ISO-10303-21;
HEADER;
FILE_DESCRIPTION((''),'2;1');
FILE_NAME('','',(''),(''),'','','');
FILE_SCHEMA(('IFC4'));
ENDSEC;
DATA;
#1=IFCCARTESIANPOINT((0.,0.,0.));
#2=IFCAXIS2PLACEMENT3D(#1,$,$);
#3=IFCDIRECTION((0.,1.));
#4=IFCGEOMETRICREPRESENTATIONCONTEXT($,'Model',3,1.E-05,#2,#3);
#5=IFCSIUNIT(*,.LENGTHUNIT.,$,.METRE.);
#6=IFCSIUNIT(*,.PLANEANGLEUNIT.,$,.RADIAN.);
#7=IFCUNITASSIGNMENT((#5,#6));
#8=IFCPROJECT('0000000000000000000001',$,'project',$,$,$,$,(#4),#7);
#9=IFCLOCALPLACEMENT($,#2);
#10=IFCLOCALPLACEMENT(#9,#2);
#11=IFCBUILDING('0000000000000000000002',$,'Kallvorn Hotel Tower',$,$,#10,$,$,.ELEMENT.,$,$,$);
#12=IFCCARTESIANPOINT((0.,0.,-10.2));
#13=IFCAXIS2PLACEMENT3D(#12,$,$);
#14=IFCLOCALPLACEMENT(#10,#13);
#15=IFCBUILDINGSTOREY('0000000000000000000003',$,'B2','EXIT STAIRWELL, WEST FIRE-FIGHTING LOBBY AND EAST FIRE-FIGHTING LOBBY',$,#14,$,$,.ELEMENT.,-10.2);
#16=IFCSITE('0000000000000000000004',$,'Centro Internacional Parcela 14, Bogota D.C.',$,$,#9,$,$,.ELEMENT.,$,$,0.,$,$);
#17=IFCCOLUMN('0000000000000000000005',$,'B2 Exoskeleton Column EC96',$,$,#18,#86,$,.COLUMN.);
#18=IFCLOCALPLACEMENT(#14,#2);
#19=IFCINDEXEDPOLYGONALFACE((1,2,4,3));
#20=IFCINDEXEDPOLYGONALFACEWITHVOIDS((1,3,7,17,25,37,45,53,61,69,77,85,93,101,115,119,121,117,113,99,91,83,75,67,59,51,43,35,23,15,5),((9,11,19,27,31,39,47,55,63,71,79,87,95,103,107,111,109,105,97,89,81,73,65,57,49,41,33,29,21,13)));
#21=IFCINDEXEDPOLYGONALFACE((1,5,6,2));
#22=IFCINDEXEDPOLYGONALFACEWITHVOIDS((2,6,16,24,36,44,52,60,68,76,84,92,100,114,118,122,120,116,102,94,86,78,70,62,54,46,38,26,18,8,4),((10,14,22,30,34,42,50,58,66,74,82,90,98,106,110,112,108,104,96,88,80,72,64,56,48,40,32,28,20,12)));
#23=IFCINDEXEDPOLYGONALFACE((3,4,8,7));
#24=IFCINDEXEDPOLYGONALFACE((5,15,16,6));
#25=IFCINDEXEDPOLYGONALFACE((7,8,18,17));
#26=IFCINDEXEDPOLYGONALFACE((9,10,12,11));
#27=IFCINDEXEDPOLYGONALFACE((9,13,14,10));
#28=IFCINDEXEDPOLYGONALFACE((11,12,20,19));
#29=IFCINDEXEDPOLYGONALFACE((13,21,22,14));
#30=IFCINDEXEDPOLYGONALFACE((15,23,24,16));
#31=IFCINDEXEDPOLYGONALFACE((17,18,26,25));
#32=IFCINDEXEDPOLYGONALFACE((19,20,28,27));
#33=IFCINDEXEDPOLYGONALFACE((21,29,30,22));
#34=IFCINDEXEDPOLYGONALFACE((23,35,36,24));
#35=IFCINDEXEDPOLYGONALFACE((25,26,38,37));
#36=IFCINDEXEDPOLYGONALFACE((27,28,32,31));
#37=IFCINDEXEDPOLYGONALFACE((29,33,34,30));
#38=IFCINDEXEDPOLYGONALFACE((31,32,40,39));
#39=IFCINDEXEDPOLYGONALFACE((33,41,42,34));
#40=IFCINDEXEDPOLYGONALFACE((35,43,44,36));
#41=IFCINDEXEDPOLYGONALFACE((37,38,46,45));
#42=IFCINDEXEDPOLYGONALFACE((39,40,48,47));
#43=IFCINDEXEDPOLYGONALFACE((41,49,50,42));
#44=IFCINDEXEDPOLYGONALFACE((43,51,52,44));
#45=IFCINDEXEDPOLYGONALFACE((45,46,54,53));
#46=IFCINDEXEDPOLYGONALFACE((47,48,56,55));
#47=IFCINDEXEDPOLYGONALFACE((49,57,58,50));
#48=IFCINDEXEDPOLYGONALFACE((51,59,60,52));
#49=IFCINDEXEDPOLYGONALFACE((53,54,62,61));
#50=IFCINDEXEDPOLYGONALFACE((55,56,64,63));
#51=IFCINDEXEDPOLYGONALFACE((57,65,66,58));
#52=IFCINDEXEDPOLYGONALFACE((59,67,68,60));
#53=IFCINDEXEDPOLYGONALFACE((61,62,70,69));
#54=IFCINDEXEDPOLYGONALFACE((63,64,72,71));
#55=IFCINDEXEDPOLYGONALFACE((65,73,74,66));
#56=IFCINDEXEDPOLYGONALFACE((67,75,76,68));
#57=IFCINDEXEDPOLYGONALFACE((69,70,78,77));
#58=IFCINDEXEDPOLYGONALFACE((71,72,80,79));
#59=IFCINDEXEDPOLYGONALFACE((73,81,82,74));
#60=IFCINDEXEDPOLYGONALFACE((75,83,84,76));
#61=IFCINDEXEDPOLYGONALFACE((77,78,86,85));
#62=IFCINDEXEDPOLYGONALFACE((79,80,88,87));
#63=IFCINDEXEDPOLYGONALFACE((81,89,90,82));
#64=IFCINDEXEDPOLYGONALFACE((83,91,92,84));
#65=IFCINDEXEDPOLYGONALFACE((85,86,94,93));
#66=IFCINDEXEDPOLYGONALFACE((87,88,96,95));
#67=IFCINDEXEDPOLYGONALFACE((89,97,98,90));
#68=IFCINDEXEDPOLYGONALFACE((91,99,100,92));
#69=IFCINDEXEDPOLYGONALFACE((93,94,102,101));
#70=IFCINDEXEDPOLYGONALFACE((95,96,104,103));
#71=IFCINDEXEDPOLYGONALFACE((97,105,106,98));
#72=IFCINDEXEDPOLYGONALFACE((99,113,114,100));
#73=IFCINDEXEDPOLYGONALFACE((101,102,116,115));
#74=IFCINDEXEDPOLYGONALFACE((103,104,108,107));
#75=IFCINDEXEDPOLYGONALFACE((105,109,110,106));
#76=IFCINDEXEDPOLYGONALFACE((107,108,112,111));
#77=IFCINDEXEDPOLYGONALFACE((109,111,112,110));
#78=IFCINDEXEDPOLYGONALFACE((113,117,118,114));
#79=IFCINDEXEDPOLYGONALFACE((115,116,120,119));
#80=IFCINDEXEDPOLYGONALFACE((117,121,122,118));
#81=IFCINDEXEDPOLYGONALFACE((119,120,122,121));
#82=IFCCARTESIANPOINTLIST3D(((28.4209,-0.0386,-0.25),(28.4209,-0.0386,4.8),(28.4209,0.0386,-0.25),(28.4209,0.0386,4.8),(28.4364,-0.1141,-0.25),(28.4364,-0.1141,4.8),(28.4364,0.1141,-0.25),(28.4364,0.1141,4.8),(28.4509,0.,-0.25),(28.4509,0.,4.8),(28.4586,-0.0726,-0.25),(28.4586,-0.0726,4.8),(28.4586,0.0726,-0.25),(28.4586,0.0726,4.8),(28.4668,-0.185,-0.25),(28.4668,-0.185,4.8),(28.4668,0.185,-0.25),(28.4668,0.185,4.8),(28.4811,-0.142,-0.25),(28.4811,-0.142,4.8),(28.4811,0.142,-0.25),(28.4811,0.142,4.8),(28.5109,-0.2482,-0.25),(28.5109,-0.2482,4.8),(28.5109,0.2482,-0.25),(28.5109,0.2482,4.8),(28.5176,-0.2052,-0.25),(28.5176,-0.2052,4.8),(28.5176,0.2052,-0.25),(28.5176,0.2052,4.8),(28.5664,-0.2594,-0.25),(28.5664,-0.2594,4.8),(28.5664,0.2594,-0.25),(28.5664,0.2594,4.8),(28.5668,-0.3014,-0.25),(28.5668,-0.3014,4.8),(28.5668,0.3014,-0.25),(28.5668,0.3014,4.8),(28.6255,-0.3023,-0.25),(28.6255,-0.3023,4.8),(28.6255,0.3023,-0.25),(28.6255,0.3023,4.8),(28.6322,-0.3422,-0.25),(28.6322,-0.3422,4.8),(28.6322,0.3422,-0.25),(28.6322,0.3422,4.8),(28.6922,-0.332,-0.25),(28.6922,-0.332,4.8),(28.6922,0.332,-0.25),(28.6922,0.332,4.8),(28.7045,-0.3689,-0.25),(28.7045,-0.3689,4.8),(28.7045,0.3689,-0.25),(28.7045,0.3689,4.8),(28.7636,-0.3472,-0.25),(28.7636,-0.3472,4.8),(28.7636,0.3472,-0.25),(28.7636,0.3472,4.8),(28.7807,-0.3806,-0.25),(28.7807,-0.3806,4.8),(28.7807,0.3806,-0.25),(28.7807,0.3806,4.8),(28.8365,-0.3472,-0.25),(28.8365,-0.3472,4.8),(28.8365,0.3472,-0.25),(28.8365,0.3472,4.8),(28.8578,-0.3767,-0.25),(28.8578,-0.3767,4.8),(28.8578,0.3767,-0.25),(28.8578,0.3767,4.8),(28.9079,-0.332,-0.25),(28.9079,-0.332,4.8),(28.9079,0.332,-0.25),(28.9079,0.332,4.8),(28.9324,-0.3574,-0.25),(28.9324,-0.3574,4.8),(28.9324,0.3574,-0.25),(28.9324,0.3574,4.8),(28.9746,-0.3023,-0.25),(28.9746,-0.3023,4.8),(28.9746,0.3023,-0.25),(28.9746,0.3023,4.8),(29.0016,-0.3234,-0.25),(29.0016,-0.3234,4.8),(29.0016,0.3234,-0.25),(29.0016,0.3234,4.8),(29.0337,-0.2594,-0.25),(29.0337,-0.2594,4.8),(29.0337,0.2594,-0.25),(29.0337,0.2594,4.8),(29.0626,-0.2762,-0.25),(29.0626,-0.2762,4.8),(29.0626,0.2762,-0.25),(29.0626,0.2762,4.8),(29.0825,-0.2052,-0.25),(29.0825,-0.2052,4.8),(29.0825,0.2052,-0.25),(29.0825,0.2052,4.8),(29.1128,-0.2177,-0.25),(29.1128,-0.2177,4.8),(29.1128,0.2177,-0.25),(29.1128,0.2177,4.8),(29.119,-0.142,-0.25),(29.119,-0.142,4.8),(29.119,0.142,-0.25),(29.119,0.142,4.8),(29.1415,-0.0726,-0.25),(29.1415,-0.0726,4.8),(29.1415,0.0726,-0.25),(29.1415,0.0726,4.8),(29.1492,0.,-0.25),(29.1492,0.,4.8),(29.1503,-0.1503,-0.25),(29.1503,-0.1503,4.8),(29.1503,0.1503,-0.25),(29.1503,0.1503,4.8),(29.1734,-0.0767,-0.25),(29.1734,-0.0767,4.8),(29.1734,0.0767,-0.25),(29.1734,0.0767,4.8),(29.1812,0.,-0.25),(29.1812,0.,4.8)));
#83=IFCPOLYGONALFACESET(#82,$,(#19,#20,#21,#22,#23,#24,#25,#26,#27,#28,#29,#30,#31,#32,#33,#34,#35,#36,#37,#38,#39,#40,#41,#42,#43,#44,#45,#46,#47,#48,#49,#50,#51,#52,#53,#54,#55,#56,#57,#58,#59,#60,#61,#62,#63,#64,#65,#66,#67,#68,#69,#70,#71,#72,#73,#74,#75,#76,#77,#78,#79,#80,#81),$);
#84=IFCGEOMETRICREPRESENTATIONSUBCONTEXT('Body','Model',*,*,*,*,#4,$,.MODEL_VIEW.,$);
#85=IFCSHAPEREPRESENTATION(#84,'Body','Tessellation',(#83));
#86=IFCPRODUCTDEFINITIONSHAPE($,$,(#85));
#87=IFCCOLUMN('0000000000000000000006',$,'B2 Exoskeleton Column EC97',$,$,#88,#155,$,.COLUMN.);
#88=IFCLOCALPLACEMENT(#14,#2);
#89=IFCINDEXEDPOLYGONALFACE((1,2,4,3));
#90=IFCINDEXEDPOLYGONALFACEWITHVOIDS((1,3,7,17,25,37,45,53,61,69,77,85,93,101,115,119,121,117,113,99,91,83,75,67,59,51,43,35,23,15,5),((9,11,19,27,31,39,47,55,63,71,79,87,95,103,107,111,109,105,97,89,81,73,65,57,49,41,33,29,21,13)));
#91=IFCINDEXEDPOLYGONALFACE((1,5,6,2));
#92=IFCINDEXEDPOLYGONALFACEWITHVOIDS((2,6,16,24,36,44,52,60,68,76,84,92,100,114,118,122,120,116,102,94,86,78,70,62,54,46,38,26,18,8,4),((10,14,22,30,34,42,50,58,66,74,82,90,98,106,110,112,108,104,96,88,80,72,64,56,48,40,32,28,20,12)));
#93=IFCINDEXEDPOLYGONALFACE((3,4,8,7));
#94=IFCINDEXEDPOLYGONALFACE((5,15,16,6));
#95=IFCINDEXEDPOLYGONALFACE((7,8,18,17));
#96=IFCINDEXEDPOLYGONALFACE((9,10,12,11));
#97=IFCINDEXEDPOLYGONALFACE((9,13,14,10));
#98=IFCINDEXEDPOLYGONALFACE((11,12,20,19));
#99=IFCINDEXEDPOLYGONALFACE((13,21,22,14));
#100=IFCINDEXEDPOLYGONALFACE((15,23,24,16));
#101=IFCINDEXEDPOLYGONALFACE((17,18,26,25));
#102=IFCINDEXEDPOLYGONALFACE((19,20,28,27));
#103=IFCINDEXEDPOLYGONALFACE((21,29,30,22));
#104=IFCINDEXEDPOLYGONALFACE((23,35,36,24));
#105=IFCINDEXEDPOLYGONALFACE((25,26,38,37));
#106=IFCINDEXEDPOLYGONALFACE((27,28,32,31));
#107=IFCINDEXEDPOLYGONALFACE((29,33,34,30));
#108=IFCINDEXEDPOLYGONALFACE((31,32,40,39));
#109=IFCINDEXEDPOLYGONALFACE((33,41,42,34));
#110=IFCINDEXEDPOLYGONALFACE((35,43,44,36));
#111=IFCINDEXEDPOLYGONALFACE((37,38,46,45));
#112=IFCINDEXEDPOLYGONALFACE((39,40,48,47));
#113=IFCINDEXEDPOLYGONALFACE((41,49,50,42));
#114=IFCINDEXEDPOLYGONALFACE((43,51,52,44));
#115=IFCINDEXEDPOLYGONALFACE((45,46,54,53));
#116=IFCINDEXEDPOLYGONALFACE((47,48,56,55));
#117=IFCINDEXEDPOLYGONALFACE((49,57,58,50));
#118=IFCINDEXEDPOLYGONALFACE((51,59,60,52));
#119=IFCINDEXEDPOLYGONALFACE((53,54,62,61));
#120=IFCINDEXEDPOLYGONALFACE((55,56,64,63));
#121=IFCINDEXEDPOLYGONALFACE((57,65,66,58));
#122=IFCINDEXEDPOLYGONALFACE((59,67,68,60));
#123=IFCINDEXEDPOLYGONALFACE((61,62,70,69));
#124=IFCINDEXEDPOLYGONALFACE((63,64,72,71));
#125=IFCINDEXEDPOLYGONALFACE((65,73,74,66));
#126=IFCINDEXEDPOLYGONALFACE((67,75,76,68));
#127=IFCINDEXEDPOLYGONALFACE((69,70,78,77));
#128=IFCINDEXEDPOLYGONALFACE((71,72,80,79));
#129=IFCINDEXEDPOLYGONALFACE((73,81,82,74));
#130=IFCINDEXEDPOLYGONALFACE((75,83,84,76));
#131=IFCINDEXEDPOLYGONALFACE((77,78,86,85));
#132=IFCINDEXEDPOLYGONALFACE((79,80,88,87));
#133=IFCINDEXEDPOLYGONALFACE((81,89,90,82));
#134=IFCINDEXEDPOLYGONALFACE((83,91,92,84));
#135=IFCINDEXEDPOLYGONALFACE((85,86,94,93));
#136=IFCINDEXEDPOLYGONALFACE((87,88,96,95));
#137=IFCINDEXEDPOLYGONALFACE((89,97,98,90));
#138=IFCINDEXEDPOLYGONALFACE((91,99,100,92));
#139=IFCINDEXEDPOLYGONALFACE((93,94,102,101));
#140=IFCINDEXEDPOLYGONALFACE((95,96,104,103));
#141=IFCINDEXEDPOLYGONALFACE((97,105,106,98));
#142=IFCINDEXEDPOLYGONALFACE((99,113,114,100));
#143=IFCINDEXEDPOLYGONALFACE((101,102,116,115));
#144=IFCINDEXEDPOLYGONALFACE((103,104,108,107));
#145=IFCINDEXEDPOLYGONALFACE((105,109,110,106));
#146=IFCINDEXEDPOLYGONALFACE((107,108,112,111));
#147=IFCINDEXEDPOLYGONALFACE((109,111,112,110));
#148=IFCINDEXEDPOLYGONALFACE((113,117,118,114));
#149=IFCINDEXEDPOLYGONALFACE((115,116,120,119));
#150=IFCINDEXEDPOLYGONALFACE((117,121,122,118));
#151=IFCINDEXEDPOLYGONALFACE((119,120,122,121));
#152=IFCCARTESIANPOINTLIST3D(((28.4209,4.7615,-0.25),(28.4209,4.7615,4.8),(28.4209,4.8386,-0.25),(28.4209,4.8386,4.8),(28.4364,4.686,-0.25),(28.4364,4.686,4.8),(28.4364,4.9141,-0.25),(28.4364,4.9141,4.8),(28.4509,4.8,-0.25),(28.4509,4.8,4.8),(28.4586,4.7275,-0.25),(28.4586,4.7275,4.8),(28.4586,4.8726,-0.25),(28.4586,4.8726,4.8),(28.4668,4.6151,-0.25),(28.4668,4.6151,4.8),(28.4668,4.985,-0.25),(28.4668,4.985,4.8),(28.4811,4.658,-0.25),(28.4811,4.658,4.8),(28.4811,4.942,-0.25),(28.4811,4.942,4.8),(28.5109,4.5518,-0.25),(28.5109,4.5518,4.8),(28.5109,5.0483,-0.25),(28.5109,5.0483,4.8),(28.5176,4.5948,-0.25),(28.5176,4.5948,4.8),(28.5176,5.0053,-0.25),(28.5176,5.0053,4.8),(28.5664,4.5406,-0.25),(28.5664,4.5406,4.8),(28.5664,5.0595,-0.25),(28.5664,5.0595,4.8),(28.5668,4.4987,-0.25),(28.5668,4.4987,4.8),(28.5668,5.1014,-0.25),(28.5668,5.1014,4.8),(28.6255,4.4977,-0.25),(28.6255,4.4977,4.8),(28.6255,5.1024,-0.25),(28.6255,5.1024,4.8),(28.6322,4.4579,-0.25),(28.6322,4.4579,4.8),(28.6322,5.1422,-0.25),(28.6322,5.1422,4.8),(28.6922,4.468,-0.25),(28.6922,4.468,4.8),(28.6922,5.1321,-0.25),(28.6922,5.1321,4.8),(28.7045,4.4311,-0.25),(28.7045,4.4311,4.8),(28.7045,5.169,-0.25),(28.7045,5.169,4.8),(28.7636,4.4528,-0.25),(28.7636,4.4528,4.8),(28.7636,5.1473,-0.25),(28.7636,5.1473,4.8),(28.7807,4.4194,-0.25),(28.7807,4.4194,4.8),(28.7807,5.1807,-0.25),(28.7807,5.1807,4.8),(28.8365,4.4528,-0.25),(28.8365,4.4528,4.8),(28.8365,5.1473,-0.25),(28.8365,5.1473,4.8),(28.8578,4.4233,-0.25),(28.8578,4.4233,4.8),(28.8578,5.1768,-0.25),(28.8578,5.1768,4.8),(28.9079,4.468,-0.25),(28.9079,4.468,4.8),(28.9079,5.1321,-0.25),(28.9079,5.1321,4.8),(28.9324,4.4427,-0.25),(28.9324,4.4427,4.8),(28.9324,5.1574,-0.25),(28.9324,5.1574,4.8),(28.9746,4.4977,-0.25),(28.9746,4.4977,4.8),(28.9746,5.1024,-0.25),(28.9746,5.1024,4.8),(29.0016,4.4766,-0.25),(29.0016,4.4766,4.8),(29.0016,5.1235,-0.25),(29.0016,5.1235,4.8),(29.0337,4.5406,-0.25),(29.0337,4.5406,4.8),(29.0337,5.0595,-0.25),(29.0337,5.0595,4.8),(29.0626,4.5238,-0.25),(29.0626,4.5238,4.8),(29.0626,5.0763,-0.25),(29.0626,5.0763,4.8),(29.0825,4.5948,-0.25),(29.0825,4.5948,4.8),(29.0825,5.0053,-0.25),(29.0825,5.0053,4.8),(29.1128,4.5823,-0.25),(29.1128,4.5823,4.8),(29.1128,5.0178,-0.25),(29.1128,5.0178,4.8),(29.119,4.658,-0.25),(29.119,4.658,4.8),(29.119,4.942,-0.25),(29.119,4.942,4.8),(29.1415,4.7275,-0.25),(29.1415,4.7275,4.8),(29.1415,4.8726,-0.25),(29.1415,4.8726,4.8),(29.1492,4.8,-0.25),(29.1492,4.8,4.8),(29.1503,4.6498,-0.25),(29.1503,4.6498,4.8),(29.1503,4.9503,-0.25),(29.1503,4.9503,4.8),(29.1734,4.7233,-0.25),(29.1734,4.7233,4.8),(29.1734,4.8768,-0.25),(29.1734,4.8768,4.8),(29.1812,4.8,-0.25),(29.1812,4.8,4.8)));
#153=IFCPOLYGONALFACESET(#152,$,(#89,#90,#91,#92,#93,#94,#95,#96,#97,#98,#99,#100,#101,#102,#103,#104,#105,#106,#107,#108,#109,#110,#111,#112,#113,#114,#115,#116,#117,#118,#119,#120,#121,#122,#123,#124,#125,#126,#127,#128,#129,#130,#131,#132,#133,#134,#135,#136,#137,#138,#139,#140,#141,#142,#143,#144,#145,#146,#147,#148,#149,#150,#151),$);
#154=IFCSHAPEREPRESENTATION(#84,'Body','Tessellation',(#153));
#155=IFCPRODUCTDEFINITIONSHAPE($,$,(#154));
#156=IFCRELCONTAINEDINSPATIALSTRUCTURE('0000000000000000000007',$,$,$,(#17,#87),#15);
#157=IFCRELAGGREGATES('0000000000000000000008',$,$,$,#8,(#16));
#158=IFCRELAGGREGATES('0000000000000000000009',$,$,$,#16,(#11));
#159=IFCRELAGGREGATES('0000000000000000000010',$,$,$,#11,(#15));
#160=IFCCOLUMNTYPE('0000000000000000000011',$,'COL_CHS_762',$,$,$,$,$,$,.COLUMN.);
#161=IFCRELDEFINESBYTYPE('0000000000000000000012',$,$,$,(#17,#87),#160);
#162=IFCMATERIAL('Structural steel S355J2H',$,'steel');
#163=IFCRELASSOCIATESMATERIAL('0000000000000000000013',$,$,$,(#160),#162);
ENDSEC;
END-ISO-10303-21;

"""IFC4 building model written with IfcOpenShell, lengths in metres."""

from ifc_helpers import new_model, si_unit, direction, frame, origin, origin_2d, place, context, subcontext, project, spatial, hollow_circle, extrude, material, material_profile, profile_set, type_object, element, save


model = new_model("IFC4")

# Units and contexts
model_context = context("Model", 3, precision=1e-05, world=origin(), true_north=direction((0.0, 1.0)))
body_context = subcontext(model_context, "Body", "Model", "MODEL_VIEW")
ifc_project = project(units=[si_unit("LENGTHUNIT", "METRE"), si_unit("PLANEANGLEUNIT", "RADIAN")], contexts=[model_context])

# Site, building, storey
site_placement = place(None, origin())
site = spatial("IfcSite", under=ifc_project, at=site_placement, Name="Centro Internacional Parcela 14, Bogota D.C.", CompositionType="ELEMENT", RefElevation=0.0)
building_placement = place(site_placement, origin())
building = spatial("IfcBuilding", under=site, at=building_placement, Name="Kallvorn Hotel Tower", CompositionType="ELEMENT")
storey_placement = place(building_placement, frame((0.0, 0.0, -10.2)))
storey = spatial("IfcBuildingStorey", under=building, at=storey_placement, Name="B2", Description="EXIT STAIRWELL, WEST FIRE-FIGHTING LOBBY AND EAST FIRE-FIGHTING LOBBY", CompositionType="ELEMENT", Elevation=-10.2)

# Columns
ifc_material_1 = material(Name="Structural steel S355J2H", Category="steel")
ifc_material_profile_1 = material_profile(ifc_material_1, hollow_circle(Radius=0.3811, WallThickness=0.032, at=origin_2d()), Name="CHS 762x32")
ifc_profile_set_1 = profile_set([ifc_material_profile_1], Name="Structural steel S355J2H")
column_type = type_object("IfcColumnType", Name="COL_CHS_762", PredefinedType="COLUMN", material=ifc_profile_set_1)
for number, where, z_axis, x_axis, name in (
    (1, (28.8, 0.0, -0.25), (0.0, 0.0, 1.0), (1.0, 0.0, 0.0), "B2 Exoskeleton Column EC96"),
    (2, (28.8, 4.8, -0.25), (0.0, 0.0, 1.0), (1.0, 0.0, 0.0), "B2 Exoskeleton Column EC97"),
):
    element("IfcColumn", number, at=place(storey_placement, frame(where, z_axis=z_axis, x_axis=x_axis)), inside=storey, type_object=column_type, Name=name, PredefinedType="COLUMN", context=body_context, shape_type="SweptSolid", body=[
        extrude(hollow_circle(Radius=0.3811, WallThickness=0.032, at=origin_2d()), origin(), (0.0, 0.0, 1.0), 5.05),
    ])

save(model, "model.ifc")
